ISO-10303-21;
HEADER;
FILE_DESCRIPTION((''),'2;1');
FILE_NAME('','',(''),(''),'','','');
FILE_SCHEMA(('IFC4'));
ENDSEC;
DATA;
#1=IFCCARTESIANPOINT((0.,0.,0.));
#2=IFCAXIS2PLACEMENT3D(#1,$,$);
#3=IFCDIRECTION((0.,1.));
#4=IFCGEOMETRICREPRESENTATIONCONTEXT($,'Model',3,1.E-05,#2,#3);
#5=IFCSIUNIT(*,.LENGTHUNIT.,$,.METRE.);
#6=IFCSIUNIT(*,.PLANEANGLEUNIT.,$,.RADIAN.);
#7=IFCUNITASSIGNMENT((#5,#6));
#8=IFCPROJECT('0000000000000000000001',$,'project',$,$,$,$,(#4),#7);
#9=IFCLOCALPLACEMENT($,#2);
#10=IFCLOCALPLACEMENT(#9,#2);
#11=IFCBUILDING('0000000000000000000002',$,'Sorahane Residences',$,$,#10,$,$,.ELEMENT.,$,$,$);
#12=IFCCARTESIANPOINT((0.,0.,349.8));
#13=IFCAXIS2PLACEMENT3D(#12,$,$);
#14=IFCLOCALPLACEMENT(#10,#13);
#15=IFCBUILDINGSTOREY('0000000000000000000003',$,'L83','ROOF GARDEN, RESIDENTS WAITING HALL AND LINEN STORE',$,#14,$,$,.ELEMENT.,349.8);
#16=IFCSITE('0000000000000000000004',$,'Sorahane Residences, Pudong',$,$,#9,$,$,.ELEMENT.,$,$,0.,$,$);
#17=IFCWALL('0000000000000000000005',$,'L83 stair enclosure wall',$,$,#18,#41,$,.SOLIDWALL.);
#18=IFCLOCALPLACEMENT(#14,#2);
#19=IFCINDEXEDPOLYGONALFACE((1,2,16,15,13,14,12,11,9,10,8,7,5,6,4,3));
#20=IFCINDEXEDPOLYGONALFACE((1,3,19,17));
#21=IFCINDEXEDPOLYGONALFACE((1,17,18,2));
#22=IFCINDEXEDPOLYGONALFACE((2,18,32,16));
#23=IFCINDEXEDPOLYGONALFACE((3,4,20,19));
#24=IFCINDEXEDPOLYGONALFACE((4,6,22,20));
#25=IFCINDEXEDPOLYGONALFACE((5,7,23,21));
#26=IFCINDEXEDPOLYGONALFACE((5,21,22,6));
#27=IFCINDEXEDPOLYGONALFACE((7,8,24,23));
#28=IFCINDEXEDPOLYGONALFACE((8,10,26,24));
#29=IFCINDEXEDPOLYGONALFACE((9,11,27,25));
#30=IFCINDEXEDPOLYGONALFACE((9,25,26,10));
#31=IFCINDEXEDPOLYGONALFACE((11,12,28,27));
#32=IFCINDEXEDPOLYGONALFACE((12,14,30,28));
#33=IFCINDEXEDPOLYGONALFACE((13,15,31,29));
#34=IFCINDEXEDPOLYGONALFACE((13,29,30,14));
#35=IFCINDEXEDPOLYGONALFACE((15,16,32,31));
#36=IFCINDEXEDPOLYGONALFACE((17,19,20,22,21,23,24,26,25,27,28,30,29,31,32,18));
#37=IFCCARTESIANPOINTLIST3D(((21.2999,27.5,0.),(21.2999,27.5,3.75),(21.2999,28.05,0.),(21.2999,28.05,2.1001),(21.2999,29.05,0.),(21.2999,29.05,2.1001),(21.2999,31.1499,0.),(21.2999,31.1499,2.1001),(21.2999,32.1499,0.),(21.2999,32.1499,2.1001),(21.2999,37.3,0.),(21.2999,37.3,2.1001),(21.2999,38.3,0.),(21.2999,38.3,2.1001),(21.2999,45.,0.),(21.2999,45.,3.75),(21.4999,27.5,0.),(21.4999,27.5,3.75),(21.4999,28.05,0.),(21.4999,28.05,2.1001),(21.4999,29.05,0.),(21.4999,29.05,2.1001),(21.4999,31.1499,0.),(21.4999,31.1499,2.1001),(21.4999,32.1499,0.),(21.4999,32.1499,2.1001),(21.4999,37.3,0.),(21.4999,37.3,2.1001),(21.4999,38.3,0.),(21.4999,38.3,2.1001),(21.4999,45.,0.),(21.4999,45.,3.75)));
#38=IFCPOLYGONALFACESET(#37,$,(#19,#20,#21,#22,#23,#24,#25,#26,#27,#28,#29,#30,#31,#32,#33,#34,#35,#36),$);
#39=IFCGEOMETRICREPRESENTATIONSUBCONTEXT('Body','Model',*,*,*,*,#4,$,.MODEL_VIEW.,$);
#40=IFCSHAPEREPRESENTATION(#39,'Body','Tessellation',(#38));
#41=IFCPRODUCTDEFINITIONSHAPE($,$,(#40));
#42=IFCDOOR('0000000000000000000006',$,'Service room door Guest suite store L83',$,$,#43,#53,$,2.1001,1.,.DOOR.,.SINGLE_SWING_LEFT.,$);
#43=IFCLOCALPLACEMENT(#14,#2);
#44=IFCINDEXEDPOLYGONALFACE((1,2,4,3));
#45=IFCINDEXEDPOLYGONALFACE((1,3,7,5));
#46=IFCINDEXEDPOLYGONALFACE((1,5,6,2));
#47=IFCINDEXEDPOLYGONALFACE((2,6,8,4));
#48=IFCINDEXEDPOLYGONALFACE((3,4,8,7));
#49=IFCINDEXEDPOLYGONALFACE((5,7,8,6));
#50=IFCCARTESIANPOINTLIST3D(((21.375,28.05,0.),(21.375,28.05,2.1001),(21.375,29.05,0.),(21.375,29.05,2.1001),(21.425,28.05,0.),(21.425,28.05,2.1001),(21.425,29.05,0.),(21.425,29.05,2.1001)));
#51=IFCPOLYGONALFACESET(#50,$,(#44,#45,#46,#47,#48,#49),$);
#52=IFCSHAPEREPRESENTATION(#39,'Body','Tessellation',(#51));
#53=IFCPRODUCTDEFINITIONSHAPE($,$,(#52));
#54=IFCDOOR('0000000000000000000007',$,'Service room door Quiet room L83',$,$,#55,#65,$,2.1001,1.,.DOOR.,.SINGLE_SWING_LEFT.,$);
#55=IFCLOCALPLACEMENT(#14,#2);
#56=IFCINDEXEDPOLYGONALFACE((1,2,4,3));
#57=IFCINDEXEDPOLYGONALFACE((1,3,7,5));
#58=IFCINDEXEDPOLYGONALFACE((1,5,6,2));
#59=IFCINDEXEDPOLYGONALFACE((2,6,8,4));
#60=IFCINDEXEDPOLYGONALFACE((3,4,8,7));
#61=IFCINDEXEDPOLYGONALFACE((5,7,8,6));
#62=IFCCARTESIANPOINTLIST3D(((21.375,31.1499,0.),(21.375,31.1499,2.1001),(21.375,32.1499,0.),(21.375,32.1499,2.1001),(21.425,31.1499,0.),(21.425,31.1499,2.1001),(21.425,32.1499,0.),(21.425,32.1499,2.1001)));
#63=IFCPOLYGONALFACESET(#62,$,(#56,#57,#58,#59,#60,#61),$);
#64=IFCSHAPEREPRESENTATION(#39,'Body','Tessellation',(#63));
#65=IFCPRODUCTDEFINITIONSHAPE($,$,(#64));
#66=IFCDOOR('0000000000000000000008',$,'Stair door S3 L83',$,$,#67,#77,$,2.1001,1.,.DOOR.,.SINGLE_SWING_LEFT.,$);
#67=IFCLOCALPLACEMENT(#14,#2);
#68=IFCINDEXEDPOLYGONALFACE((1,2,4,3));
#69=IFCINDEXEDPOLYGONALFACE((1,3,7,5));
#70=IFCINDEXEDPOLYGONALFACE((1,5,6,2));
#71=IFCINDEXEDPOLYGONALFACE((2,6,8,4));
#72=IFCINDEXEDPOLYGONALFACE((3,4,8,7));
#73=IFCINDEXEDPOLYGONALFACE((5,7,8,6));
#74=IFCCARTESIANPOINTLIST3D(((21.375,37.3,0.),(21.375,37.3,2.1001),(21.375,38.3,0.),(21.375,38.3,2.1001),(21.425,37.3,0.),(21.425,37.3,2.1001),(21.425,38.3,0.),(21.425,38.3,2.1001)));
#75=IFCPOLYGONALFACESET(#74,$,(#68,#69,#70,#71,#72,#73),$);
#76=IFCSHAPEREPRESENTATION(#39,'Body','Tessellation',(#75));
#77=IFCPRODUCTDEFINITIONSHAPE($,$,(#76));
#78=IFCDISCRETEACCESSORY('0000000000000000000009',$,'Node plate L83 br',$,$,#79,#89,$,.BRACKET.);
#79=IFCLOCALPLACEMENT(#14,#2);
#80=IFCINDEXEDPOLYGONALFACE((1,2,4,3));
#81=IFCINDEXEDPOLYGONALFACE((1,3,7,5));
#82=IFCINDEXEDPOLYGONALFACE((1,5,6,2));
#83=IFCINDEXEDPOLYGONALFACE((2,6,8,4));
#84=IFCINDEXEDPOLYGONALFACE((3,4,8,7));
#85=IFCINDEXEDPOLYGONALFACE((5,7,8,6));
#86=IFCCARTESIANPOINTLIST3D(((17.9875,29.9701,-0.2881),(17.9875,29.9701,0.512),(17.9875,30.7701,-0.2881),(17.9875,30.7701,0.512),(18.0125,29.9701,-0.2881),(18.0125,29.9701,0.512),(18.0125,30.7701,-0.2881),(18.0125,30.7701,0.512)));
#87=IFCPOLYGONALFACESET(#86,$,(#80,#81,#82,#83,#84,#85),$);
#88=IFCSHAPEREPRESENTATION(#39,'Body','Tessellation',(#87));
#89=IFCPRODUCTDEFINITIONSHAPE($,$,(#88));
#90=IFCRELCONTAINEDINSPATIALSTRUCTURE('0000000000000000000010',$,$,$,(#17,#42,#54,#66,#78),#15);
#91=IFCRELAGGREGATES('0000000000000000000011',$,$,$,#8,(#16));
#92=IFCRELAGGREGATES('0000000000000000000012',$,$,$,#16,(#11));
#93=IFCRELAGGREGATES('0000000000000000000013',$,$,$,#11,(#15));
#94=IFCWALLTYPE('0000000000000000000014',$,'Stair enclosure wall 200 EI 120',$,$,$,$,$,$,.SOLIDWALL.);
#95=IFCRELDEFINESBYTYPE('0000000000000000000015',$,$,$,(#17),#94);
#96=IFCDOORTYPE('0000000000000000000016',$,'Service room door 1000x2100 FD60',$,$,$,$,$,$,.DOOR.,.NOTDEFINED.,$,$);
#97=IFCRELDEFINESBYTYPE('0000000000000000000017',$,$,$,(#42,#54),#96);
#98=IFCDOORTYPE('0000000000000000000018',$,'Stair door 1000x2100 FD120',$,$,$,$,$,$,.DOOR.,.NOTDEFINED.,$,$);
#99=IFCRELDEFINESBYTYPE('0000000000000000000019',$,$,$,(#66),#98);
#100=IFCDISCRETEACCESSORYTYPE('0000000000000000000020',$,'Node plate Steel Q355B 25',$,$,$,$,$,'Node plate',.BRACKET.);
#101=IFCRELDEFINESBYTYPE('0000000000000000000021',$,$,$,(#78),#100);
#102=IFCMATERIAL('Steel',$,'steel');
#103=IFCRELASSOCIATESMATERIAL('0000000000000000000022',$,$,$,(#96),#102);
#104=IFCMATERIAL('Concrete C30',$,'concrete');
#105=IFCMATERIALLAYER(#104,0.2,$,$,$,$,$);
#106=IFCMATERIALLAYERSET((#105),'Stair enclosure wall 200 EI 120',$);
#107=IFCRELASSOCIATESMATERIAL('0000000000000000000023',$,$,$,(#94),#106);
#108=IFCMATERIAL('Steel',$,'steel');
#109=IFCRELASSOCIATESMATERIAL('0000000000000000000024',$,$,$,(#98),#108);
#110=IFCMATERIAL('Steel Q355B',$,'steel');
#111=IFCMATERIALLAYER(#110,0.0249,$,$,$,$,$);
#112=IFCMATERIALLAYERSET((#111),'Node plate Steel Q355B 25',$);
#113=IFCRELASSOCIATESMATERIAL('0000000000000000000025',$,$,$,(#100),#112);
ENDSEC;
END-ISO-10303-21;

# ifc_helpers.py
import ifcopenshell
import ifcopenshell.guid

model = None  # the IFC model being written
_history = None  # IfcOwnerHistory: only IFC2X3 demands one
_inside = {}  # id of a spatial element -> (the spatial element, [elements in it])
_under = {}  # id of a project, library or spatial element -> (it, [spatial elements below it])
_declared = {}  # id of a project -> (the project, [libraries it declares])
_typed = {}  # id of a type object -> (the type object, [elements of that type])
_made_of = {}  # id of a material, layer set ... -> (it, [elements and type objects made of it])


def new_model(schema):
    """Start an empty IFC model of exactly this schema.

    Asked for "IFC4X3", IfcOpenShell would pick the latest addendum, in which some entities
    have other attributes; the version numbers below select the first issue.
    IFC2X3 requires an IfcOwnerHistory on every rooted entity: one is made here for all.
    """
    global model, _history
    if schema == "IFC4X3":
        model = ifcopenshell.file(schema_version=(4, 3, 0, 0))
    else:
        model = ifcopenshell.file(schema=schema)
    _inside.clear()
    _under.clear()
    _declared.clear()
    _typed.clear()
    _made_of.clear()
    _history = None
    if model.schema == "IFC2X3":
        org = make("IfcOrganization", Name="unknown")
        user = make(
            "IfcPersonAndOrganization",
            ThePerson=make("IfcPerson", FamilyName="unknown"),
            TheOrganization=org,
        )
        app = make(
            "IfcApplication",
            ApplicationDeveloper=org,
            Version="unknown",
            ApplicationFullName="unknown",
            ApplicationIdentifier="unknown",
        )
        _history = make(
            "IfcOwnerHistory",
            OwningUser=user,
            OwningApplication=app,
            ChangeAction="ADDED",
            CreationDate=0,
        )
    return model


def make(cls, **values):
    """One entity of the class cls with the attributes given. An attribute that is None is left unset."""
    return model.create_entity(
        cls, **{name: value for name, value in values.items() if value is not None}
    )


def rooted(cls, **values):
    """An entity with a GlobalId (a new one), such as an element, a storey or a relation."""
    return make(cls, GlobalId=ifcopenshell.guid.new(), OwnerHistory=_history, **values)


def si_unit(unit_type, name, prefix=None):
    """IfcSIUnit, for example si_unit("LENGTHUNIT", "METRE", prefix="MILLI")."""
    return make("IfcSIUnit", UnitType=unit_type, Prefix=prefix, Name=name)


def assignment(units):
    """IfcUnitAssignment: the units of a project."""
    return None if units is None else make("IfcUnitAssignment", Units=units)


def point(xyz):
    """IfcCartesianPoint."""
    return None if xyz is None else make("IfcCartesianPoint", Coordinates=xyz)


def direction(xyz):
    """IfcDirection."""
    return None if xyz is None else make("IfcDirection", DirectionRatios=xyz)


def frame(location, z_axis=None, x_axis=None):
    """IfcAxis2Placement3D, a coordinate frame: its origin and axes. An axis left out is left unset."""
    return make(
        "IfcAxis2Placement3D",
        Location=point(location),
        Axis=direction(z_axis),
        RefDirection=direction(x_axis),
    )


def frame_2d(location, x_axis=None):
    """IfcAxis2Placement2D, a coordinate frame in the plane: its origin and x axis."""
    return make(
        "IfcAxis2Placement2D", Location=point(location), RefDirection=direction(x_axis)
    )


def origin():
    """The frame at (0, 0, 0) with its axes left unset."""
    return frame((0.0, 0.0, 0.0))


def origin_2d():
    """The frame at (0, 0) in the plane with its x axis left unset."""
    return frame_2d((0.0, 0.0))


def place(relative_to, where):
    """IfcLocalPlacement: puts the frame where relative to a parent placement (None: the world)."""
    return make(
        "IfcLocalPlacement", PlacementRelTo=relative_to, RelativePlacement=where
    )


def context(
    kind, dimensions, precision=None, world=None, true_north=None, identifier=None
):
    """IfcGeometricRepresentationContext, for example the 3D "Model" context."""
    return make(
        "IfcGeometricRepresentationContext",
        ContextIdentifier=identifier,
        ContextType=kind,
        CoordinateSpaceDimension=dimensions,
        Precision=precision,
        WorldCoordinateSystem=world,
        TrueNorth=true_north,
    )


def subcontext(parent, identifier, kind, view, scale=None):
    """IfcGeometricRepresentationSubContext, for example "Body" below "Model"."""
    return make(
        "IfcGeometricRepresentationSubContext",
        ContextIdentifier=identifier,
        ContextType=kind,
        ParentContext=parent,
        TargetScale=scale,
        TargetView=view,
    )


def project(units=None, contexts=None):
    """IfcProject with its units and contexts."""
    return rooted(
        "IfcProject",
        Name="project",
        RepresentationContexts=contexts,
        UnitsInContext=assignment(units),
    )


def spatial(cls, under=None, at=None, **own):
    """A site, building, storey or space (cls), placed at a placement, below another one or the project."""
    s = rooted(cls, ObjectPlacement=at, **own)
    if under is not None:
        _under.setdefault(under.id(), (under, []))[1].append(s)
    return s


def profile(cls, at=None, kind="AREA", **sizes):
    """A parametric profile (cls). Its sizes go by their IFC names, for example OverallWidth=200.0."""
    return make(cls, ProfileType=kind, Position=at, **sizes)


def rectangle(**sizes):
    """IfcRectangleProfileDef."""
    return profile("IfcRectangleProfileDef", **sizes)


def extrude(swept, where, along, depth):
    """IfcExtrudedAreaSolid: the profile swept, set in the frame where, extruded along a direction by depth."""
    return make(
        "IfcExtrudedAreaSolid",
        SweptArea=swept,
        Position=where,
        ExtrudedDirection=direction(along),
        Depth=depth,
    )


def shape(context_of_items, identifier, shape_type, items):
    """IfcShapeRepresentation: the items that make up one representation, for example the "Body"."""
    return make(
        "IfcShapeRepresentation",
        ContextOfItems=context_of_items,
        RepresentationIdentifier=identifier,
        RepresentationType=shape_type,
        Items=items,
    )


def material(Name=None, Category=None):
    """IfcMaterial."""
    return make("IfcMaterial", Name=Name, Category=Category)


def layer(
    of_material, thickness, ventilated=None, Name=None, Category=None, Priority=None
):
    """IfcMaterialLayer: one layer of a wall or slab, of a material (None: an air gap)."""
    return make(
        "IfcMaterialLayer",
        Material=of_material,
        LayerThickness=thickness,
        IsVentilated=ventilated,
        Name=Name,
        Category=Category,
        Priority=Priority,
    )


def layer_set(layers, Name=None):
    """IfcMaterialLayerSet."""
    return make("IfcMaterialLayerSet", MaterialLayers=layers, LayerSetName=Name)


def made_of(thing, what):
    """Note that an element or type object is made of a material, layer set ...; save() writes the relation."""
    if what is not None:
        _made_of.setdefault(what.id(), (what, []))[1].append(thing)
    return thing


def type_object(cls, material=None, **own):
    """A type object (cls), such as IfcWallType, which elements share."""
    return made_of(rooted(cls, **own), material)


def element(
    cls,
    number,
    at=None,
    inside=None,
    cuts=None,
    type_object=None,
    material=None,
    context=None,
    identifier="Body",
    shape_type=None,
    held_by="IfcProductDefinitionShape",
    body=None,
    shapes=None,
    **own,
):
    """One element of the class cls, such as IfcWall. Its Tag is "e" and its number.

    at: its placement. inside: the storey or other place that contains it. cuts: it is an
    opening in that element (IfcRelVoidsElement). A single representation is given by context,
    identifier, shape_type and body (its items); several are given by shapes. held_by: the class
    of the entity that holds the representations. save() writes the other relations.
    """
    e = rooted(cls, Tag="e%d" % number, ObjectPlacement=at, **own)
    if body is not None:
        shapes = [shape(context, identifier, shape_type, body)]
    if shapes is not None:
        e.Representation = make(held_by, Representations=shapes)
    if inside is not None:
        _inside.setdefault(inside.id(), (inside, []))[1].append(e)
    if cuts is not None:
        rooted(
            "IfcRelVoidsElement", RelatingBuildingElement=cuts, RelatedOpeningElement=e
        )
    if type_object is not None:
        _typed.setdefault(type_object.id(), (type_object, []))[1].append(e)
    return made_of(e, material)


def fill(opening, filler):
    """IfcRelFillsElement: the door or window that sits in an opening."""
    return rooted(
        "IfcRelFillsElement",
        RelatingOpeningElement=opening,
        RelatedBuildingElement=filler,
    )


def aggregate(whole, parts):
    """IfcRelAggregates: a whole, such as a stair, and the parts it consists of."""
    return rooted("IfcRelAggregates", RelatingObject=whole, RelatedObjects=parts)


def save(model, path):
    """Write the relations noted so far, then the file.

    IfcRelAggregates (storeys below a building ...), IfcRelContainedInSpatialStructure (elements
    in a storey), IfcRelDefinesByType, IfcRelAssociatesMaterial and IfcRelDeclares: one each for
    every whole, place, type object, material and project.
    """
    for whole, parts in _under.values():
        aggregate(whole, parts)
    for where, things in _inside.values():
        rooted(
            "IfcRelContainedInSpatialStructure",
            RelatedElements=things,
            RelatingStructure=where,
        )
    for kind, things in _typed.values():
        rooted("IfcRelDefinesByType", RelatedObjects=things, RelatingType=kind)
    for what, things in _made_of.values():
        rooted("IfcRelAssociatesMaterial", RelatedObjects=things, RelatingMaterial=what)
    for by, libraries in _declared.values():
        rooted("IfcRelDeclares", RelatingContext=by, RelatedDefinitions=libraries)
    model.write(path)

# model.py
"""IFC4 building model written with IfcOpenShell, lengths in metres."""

from ifc_helpers import new_model, si_unit, direction, frame, frame_2d, origin, origin_2d, place, context, subcontext, project, spatial, rectangle, extrude, material, layer, layer_set, type_object, element, fill, save


model = new_model("IFC4")

# Units and contexts
model_context = context("Model", 3, precision=1e-05, world=origin(), true_north=direction((0.0, 1.0)))
body_context = subcontext(model_context, "Body", "Model", "MODEL_VIEW")
ifc_project = project(units=[si_unit("LENGTHUNIT", "METRE"), si_unit("PLANEANGLEUNIT", "RADIAN")], contexts=[model_context])

# Site, building, storey
site_placement = place(None, origin())
site = spatial("IfcSite", under=ifc_project, at=site_placement, Name="Sorahane Residences, Pudong", CompositionType="ELEMENT", RefElevation=0.0)
building_placement = place(site_placement, origin())
building = spatial("IfcBuilding", under=site, at=building_placement, Name="Sorahane Residences", CompositionType="ELEMENT")
storey_placement = place(building_placement, frame((0.0, 0.0, 349.8)))
storey = spatial("IfcBuildingStorey", under=building, at=storey_placement, Name="L83", Description="ROOF GARDEN, RESIDENTS WAITING HALL AND LINEN STORE", CompositionType="ELEMENT", Elevation=349.8)

# Shared definitions
ifc_material_1 = material(Name="Steel", Category="steel")
door_type_1 = type_object("IfcDoorType", Name="Service room door 1000x2100 FD60", OperationType="NOTDEFINED", PredefinedType="DOOR", material=ifc_material_1)

# Wall, openings, doors
ifc_material_2 = material(Name="Concrete C30", Category="concrete")
ifc_layer_1 = layer(ifc_material_2, 0.2)
ifc_layer_set_1 = layer_set([ifc_layer_1], Name="Stair enclosure wall 200 EI 120")
wall_type_1 = type_object("IfcWallType", Name="Stair enclosure wall 200 EI 120", PredefinedType="SOLIDWALL", material=ifc_layer_set_1)
wall_1_placement = place(storey_placement, frame((21.3999, 27.5, 0.0), z_axis=(0.0, 0.0, 1.0), x_axis=(0.0, 1.0, 0.0)))
wall_1 = element("IfcWall", 1, at=wall_1_placement, inside=storey, type_object=wall_type_1, Name="L83 stair enclosure wall", PredefinedType="SOLIDWALL", context=body_context, shape_type="SweptSolid", body=[
    extrude(rectangle(XDim=17.5, YDim=0.2, at=frame_2d((8.75, 0.0))), origin(), (0.0, 0.0, 1.0), 3.75),
])
opening_1_placement = place(wall_1_placement, frame((0.55, 0.0, 0.0)))
opening_1 = element("IfcOpeningElement", 2, at=opening_1_placement, cuts=wall_1, PredefinedType="OPENING", context=body_context, shape_type="SweptSolid", body=[
    extrude(rectangle(XDim=1.0, YDim=2.1001, at=frame_2d((0.5, 1.05))), frame((0.0, 0.1099, 0.0), z_axis=(0.0, -1.0, 0.0), x_axis=(1.0, 0.0, 0.0)), (0.0, 0.0, 1.0), 0.22),
])
opening_2_placement = place(wall_1_placement, frame((3.6499, 0.0, 0.0)))
opening_2 = element("IfcOpeningElement", 3, at=opening_2_placement, cuts=wall_1, PredefinedType="OPENING", context=body_context, shape_type="SweptSolid", body=[
    extrude(rectangle(XDim=1.0, YDim=2.1001, at=frame_2d((0.5, 1.05))), frame((0.0, 0.1099, 0.0), z_axis=(0.0, -1.0, 0.0), x_axis=(1.0, 0.0, 0.0)), (0.0, 0.0, 1.0), 0.22),
])
opening_3_placement = place(wall_1_placement, frame((9.8, 0.0, 0.0)))
opening_3 = element("IfcOpeningElement", 4, at=opening_3_placement, cuts=wall_1, PredefinedType="OPENING", context=body_context, shape_type="SweptSolid", body=[
    extrude(rectangle(XDim=1.0, YDim=2.1001, at=frame_2d((0.5, 1.05))), frame((0.0, 0.1099, 0.0), z_axis=(0.0, -1.0, 0.0), x_axis=(1.0, 0.0, 0.0)), (0.0, 0.0, 1.0), 0.22),
])
door_1_placement = place(opening_1_placement, origin())
door_1 = element("IfcDoor", 5, at=door_1_placement, inside=storey, type_object=door_type_1, Name="Service room door Guest suite store L83", OperationType="SINGLE_SWING_LEFT", OverallHeight=2.1001, OverallWidth=1.0, PredefinedType="DOOR", context=body_context, shape_type="SweptSolid", body=[
    extrude(rectangle(XDim=1.0, YDim=2.1001, at=frame_2d((0.5, 1.05))), frame((0.0, 0.0249, 0.0), z_axis=(0.0, -1.0, 0.0), x_axis=(1.0, 0.0, 0.0)), (0.0, 0.0, 1.0), 0.05),
])
fill(opening_1, door_1)
door_2_placement = place(opening_2_placement, origin())
door_2 = element("IfcDoor", 6, at=door_2_placement, inside=storey, type_object=door_type_1, Name="Service room door Quiet room L83", OperationType="SINGLE_SWING_LEFT", OverallHeight=2.1001, OverallWidth=1.0, PredefinedType="DOOR", context=body_context, shape_type="SweptSolid", body=[
    extrude(rectangle(XDim=1.0, YDim=2.1001, at=frame_2d((0.5, 1.05))), frame((0.0, 0.0249, 0.0), z_axis=(0.0, -1.0, 0.0), x_axis=(1.0, 0.0, 0.0)), (0.0, 0.0, 1.0), 0.05),
])
fill(opening_2, door_2)
ifc_material_3 = material(Name="Steel", Category="steel")
door_type_2 = type_object("IfcDoorType", Name="Stair door 1000x2100 FD120", OperationType="NOTDEFINED", PredefinedType="DOOR", material=ifc_material_3)
door_3_placement = place(opening_3_placement, origin())
door_3 = element("IfcDoor", 7, at=door_3_placement, inside=storey, type_object=door_type_2, Name="Stair door S3 L83", OperationType="SINGLE_SWING_LEFT", OverallHeight=2.1001, OverallWidth=1.0, PredefinedType="DOOR", context=body_context, shape_type="SweptSolid", body=[
    extrude(rectangle(XDim=1.0, YDim=2.1001, at=frame_2d((0.5, 1.05))), frame((0.0, 0.0249, 0.0), z_axis=(0.0, -1.0, 0.0), x_axis=(1.0, 0.0, 0.0)), (0.0, 0.0, 1.0), 0.05),
])
fill(opening_3, door_3)

# Discrete accessory
ifc_material_4 = material(Name="Steel Q355B", Category="steel")
ifc_layer_2 = layer(ifc_material_4, 0.0249)
ifc_layer_set_2 = layer_set([ifc_layer_2], Name="Node plate Steel Q355B 25")
discrete_accessory_type = type_object("IfcDiscreteAccessoryType", Name="Node plate Steel Q355B 25", ElementType="Node plate", PredefinedType="BRACKET", material=ifc_layer_set_2)
discrete_accessory_placement = place(storey_placement, frame((18.0, 30.3701, -0.2881), z_axis=(0.0, 0.0, 1.0), x_axis=(0.0, 1.0, 0.0)))
element("IfcDiscreteAccessory", 8, at=discrete_accessory_placement, inside=storey, type_object=discrete_accessory_type, Name="Node plate L83 br", PredefinedType="BRACKET", context=body_context, shape_type="SweptSolid", body=[
    extrude(rectangle(XDim=0.8, YDim=0.0249, at=origin_2d()), origin(), (0.0, 0.0, 1.0), 0.8),
])

save(model, "model.ifc")
